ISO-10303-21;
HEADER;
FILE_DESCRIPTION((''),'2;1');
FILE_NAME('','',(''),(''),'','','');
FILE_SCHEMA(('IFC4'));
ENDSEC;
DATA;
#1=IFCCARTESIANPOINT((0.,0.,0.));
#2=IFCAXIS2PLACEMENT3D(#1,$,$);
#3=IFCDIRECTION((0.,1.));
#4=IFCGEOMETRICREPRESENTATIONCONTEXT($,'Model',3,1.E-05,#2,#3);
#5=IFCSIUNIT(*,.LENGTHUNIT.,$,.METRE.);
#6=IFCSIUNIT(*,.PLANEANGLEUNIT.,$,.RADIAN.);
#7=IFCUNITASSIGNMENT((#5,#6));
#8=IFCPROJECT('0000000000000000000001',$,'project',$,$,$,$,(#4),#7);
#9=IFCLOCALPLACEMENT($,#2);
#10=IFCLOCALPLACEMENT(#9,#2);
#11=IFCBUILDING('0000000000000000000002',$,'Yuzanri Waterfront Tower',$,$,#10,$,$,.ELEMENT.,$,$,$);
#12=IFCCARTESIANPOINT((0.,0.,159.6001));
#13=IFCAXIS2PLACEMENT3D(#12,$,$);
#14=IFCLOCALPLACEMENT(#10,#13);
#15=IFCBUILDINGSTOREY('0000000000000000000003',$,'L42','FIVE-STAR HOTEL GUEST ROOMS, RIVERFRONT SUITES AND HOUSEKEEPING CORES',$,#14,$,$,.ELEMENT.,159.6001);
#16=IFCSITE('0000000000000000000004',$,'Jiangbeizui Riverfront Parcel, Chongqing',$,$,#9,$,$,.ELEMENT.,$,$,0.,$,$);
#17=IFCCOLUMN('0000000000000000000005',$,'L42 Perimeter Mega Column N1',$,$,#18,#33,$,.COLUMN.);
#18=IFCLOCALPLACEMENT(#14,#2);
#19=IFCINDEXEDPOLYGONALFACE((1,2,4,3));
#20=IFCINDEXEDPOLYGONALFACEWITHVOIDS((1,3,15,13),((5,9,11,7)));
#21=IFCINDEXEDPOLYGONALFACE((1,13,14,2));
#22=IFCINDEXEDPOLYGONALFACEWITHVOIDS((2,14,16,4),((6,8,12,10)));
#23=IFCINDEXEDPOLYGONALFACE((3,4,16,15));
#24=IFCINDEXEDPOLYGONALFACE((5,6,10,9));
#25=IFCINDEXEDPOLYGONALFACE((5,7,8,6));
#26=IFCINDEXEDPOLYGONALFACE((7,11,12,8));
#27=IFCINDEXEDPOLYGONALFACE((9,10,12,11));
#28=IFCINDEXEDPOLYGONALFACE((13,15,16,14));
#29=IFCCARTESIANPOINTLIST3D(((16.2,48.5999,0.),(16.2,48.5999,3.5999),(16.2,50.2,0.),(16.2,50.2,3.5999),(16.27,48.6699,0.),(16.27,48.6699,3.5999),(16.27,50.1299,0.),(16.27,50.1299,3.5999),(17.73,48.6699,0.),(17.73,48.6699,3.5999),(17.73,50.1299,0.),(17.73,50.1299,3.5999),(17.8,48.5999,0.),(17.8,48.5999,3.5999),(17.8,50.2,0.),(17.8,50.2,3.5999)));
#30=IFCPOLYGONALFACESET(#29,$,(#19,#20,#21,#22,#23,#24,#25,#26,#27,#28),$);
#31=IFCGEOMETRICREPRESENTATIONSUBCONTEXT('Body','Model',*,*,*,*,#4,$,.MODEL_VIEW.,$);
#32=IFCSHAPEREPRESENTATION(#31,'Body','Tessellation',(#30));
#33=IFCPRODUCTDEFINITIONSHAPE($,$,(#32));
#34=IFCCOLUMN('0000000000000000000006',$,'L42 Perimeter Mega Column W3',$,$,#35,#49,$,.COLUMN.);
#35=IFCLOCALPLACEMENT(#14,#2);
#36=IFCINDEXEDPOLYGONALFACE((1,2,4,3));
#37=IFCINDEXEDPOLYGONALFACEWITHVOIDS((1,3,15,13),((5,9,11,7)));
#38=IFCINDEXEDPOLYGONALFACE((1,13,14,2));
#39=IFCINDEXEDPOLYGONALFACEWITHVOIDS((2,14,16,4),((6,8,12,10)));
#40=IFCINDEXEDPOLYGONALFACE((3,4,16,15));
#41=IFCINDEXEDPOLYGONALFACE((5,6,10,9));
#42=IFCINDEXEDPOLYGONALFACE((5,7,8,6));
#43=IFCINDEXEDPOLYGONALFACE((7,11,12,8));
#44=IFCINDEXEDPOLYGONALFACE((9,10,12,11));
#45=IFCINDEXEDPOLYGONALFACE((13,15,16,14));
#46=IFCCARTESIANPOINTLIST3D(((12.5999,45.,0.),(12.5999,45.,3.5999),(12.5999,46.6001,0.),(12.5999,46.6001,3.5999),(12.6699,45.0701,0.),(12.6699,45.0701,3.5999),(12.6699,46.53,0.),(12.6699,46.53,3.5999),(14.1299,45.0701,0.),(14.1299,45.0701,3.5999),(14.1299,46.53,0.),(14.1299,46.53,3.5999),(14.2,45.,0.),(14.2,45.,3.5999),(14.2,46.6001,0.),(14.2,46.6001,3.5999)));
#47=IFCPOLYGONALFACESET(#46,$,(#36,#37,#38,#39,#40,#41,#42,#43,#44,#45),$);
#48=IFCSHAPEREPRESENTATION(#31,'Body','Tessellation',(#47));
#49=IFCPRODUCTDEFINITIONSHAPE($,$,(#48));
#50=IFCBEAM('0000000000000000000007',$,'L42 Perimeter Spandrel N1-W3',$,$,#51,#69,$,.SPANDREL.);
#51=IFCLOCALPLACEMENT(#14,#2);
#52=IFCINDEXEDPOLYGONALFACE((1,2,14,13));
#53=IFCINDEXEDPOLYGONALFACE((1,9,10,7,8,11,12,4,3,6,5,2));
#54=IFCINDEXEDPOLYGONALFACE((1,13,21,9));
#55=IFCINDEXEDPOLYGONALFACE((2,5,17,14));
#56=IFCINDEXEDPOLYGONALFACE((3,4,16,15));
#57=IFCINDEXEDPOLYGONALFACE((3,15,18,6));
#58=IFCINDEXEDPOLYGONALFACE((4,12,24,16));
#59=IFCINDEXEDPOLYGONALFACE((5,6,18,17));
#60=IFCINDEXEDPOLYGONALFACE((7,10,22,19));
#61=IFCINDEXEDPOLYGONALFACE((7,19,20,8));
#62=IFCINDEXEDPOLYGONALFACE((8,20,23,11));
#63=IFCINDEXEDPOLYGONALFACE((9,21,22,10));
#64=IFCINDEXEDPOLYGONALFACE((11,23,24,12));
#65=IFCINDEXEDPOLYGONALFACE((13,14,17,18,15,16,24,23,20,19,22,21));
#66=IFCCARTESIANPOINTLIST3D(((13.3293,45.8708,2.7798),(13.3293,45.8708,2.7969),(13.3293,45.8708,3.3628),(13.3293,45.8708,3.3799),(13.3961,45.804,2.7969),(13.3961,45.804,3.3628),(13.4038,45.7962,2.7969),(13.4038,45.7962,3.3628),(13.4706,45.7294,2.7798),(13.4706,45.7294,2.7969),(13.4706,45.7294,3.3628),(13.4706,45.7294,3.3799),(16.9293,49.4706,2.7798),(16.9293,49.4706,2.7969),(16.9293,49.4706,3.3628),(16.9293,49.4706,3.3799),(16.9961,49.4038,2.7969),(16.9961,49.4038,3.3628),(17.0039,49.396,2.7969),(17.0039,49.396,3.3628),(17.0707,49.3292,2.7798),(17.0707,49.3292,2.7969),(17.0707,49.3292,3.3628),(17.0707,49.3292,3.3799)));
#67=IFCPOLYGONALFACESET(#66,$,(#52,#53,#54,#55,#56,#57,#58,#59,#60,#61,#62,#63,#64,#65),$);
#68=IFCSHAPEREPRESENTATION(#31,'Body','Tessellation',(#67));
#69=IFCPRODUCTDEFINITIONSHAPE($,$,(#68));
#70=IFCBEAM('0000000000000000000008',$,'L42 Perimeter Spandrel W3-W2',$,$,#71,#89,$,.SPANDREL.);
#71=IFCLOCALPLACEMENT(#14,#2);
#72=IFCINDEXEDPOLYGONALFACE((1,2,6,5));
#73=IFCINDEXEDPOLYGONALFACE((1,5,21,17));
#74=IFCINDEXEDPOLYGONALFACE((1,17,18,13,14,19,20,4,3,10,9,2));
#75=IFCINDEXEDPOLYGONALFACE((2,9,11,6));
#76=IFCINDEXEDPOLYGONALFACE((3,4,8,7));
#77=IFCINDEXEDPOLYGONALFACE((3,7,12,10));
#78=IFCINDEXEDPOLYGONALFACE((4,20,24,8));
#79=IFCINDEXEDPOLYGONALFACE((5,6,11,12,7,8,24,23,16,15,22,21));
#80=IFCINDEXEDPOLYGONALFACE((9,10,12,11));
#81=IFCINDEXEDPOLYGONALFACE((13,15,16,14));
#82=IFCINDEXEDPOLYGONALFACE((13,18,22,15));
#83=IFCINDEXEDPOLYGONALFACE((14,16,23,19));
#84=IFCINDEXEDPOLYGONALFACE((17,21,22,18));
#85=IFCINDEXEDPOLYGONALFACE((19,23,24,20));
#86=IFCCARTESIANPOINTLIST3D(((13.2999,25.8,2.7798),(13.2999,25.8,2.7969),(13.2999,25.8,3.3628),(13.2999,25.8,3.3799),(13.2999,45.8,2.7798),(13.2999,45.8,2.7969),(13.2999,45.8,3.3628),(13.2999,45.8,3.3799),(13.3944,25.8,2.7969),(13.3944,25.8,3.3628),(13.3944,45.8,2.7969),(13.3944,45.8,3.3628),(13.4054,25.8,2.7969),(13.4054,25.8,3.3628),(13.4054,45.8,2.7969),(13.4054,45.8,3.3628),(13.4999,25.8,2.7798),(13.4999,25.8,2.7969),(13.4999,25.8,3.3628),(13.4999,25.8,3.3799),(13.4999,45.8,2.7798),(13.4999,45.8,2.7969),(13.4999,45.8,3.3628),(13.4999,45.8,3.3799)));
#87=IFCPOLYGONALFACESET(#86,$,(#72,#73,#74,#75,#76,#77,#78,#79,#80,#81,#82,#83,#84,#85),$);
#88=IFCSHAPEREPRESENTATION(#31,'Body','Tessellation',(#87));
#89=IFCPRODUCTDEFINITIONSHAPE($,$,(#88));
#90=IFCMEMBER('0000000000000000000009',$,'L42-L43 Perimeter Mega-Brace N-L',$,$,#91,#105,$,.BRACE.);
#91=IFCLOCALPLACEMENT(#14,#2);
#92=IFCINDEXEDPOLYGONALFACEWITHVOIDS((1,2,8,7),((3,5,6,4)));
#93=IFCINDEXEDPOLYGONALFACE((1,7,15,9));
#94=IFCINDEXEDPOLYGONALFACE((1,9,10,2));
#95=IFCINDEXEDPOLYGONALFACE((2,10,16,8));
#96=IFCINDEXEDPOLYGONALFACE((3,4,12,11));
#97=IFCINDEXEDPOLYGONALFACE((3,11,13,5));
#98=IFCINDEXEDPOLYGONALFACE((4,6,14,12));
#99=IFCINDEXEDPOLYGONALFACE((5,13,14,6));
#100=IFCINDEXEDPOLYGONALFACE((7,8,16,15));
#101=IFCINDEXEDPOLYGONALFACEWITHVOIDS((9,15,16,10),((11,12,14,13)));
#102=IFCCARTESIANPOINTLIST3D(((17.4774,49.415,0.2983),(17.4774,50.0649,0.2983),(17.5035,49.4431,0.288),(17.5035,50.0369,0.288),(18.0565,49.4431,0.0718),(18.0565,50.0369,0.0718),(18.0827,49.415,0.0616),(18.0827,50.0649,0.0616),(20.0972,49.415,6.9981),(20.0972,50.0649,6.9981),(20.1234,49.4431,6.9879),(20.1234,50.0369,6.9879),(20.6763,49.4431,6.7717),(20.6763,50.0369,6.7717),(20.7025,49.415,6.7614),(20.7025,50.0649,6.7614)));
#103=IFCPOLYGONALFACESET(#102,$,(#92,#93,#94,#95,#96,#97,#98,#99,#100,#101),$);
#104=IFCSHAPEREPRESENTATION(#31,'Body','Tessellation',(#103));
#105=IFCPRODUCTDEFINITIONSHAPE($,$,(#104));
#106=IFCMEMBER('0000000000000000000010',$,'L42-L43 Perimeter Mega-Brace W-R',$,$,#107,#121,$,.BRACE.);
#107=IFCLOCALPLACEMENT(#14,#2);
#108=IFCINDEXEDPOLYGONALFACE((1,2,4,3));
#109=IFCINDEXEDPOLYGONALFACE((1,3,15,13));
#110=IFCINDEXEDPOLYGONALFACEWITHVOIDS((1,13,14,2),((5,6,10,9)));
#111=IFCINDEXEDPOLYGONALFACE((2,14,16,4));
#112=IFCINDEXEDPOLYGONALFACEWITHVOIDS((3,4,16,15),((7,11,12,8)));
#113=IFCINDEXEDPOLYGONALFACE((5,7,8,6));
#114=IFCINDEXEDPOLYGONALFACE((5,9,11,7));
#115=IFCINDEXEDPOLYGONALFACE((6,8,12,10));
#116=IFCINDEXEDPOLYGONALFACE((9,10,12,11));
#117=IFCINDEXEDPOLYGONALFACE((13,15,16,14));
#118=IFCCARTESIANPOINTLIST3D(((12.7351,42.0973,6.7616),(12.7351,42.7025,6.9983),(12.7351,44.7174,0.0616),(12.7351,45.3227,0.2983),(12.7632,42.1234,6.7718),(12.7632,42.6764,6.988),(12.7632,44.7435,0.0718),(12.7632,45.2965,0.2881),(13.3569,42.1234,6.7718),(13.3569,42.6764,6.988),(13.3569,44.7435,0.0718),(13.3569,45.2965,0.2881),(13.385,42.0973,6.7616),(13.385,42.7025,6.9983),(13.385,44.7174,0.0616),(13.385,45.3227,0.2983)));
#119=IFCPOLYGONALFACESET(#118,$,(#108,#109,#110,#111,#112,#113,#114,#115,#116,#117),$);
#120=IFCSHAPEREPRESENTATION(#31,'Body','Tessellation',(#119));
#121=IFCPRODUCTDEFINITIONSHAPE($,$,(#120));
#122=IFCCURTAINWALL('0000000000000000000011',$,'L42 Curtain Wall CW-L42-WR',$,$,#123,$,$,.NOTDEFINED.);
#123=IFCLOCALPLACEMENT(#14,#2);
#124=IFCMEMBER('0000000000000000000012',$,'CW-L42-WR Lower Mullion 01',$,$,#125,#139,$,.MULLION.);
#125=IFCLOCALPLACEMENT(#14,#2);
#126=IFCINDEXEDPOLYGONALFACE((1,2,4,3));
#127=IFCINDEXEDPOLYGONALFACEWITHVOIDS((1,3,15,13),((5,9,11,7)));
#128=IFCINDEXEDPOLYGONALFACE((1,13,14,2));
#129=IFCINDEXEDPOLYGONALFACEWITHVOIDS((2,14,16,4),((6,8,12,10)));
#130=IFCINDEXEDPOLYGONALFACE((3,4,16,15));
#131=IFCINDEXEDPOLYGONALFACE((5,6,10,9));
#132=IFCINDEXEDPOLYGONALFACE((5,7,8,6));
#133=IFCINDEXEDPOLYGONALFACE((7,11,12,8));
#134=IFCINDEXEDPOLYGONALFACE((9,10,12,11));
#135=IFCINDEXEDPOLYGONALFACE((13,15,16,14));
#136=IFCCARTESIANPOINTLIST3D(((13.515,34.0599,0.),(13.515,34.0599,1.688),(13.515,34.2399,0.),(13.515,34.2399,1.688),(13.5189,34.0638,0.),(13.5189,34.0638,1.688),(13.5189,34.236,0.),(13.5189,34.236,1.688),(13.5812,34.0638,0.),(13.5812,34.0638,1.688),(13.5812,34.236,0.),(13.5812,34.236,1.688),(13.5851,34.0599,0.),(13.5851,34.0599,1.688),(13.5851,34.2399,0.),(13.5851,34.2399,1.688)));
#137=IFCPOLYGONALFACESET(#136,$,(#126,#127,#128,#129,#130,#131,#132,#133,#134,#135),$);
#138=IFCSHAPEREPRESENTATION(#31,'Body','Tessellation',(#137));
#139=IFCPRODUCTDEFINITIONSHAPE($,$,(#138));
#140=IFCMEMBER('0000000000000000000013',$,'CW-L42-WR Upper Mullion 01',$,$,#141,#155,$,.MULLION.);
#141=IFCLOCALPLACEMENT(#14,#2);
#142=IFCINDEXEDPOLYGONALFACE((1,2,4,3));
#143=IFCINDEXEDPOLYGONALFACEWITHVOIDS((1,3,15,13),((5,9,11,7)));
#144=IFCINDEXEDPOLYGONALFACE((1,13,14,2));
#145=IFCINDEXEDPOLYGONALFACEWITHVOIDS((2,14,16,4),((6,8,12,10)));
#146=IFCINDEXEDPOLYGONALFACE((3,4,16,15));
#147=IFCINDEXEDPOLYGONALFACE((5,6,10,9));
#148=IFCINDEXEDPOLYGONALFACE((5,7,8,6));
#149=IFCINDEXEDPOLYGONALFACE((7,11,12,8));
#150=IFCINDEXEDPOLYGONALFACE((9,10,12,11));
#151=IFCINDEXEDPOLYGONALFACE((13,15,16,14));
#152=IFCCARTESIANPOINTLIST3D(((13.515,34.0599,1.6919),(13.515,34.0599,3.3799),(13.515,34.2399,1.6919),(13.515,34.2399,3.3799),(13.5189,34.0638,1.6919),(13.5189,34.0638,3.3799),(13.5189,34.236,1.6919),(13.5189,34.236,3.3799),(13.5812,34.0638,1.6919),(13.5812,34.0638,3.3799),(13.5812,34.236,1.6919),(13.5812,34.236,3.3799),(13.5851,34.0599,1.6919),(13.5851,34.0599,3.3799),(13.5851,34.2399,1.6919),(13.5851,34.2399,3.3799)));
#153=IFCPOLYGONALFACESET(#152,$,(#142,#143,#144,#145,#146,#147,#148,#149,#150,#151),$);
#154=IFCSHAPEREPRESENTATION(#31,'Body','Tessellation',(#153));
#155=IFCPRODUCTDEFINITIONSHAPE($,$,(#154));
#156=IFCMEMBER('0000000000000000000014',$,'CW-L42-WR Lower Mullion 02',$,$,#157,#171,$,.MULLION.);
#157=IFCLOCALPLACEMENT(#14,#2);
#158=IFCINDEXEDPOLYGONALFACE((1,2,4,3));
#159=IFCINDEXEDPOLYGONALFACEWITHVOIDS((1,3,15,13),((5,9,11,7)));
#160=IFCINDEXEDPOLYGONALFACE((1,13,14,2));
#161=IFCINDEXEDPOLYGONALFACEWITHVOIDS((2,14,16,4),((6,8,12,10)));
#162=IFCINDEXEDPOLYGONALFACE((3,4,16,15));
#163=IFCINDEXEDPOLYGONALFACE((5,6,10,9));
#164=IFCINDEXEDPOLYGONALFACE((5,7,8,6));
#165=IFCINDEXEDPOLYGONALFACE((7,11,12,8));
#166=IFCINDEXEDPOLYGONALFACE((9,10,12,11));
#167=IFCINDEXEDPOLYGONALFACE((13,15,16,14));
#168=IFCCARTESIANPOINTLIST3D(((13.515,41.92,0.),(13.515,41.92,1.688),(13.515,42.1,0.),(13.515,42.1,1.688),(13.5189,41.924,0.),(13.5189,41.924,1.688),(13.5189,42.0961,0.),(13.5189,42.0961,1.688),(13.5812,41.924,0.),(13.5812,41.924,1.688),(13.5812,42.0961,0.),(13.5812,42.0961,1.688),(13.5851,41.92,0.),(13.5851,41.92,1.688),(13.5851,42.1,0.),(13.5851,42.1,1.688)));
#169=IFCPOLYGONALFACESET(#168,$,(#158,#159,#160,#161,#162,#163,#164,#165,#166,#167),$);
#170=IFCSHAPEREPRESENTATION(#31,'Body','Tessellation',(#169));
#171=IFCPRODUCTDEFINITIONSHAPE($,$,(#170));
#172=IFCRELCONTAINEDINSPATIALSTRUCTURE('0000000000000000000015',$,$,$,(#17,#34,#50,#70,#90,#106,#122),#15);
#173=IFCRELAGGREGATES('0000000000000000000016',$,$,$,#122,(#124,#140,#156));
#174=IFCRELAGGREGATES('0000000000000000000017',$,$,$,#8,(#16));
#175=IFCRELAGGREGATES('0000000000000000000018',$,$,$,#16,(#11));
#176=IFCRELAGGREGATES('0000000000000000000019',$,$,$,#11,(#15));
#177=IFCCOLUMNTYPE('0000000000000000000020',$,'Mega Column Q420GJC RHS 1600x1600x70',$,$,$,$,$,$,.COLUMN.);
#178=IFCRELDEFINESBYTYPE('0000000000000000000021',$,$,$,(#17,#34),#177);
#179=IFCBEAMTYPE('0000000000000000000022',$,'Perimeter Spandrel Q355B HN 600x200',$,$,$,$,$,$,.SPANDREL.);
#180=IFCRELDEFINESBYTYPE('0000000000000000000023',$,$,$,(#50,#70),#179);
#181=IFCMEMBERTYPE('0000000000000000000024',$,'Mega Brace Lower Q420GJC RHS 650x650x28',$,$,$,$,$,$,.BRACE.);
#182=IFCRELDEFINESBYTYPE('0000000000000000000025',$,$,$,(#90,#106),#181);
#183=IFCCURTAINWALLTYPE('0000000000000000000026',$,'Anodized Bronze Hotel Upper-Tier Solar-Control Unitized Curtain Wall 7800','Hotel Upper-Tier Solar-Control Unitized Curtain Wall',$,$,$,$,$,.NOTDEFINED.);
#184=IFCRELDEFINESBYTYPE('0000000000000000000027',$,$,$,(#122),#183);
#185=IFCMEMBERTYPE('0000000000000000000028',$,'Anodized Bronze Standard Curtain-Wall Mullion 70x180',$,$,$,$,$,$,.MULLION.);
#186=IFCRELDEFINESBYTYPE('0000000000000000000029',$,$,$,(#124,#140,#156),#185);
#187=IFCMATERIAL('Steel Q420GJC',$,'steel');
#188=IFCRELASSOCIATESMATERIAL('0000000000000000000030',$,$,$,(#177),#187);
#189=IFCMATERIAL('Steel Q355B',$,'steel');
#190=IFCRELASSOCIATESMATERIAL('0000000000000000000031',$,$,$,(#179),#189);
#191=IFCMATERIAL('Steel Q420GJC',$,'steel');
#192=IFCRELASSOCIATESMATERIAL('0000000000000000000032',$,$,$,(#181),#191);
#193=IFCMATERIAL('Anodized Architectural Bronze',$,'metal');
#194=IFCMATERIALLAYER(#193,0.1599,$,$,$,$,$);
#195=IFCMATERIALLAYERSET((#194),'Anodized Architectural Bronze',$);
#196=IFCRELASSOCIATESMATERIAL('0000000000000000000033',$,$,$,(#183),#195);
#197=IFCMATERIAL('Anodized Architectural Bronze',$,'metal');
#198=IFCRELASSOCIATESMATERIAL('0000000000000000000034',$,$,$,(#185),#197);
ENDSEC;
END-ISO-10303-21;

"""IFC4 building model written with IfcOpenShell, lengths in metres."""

from ifc_helpers import new_model, si_unit, direction, frame, origin, origin_2d, place, context, subcontext, project, spatial, hollow_rectangle, i_section, extrude, source, transform, mapped, material, layer, layer_set, material_profile, profile_set, type_object, element, aggregate, save


model = new_model("IFC4")

# Units and contexts
model_context = context("Model", 3, precision=1e-05, world=origin(), true_north=direction((0.0, 1.0)))
body_context = subcontext(model_context, "Body", "Model", "MODEL_VIEW")
ifc_project = project(units=[si_unit("LENGTHUNIT", "METRE"), si_unit("PLANEANGLEUNIT", "RADIAN")], contexts=[model_context])

# Site, building, storey
site_placement = place(None, origin())
site = spatial("IfcSite", under=ifc_project, at=site_placement, Name="Jiangbeizui Riverfront Parcel, Chongqing", CompositionType="ELEMENT", RefElevation=0.0)
building_placement = place(site_placement, origin())
building = spatial("IfcBuilding", under=site, at=building_placement, Name="Yuzanri Waterfront Tower", CompositionType="ELEMENT")
storey_placement = place(building_placement, frame((0.0, 0.0, 159.6001)))
storey = spatial("IfcBuildingStorey", under=building, at=storey_placement, Name="L42", Description="FIVE-STAR HOTEL GUEST ROOMS, RIVERFRONT SUITES AND HOUSEKEEPING CORES", CompositionType="ELEMENT", Elevation=159.6001)

# Columns
ifc_material_1 = material(Name="Steel Q420GJC", Category="steel")
ifc_material_profile_1 = material_profile(ifc_material_1, hollow_rectangle(XDim=1.6001, YDim=1.6001, WallThickness=0.0701, at=origin_2d()), Name="RHS 1600x1600x70")
ifc_profile_set_1 = profile_set([ifc_material_profile_1], Name="Steel Q420GJC")
column_type = type_object("IfcColumnType", Name="Mega Column Q420GJC RHS 1600x1600x70", PredefinedType="COLUMN", material=ifc_profile_set_1)
shared_shape_1 = source(origin(), body_context, "Body", "SweptSolid", [
    extrude(hollow_rectangle(XDim=1.6001, YDim=1.6001, WallThickness=0.0701, at=origin_2d()), origin(), (0.0, 0.0, 1.0), 3.5999),
])
for number, where, z_axis, x_axis, name in (
    (1, (17.0, 49.3999, 0.0), (0.0, 0.0, 1.0), (1.0, 0.0, 0.0), "L42 Perimeter Mega Column N1"),
    (2, (13.3999, 45.8, 0.0), (0.0, 0.0, 1.0), (1.0, 0.0, 0.0), "L42 Perimeter Mega Column W3"),
):
    element("IfcColumn", number, at=place(storey_placement, frame(where, z_axis=z_axis, x_axis=x_axis)), inside=storey, type_object=column_type, Name=name, PredefinedType="COLUMN", context=body_context, shape_type="MappedRepresentation", body=[
        mapped(shared_shape_1, transform((0.0, 0.0, 0.0), scale=1.0)),
    ])

# Beams
ifc_material_2 = material(Name="Steel Q355B", Category="steel")
ifc_material_profile_2 = material_profile(ifc_material_2, i_section(OverallWidth=0.2, OverallDepth=0.6001, WebThickness=0.011, FlangeThickness=0.0171, at=origin_2d()), Name="HN 600x200x11x17")
ifc_profile_set_2 = profile_set([ifc_material_profile_2], Name="Steel Q355B")
beam_type = type_object("IfcBeamType", Name="Perimeter Spandrel Q355B HN 600x200", PredefinedType="SPANDREL", material=ifc_profile_set_2)
shared_shape_2 = source(origin(), body_context, "Body", "SweptSolid", [
    extrude(i_section(OverallWidth=0.2, OverallDepth=0.6001, WebThickness=0.011, FlangeThickness=0.0171, at=origin_2d()), origin(), (0.0, 0.0, 1.0), 5.0911),
])
beam_1_placement = place(storey_placement, frame((17.0, 49.3999, 3.0798), z_axis=(-0.707131, -0.707083, 0.0), x_axis=(0.707083, -0.707131, 0.0)))
element("IfcBeam", 3, at=beam_1_placement, inside=storey, type_object=beam_type, Name="L42 Perimeter Spandrel N1-W3", PredefinedType="SPANDREL", context=body_context, shape_type="MappedRepresentation", body=[
    mapped(shared_shape_2, transform((0.0, 0.0, 0.0), scale=1.0)),
])
shared_shape_3 = source(origin(), body_context, "Body", "SweptSolid", [
    extrude(i_section(OverallWidth=0.2, OverallDepth=0.6001, WebThickness=0.011, FlangeThickness=0.0171, at=origin_2d()), origin(), (0.0, 0.0, 1.0), 20.0),
])
beam_2_placement = place(storey_placement, frame((13.3999, 45.8, 3.0798), z_axis=(0.0, -1.0, 0.0), x_axis=(1.0, 0.0, 0.0)))
element("IfcBeam", 4, at=beam_2_placement, inside=storey, type_object=beam_type, Name="L42 Perimeter Spandrel W3-W2", PredefinedType="SPANDREL", context=body_context, shape_type="MappedRepresentation", body=[
    mapped(shared_shape_3, transform((0.0, 0.0, 0.0), scale=1.0)),
])

# Members
ifc_material_3 = material(Name="Steel Q420GJC", Category="steel")
ifc_material_profile_3 = material_profile(ifc_material_3, hollow_rectangle(XDim=0.6499, YDim=0.6499, WallThickness=0.0281, at=origin_2d()), Name="RHS 650x650x28")
ifc_profile_set_3 = profile_set([ifc_material_profile_3], Name="Steel Q420GJC")
member_type_1 = type_object("IfcMemberType", Name="Mega Brace Lower Q420GJC RHS 650x650x28", PredefinedType="BRACE", material=ifc_profile_set_3)
shared_shape_4 = source(origin(), body_context, "Body", "SweptSolid", [
    extrude(hollow_rectangle(XDim=0.6499, YDim=0.6499, WallThickness=0.0281, at=origin_2d()), origin(), (0.0, 0.0, 1.0), 7.1938),
])
member_1_placement = place(storey_placement, frame((17.78, 49.74, 0.1799), z_axis=(0.364177, 0.0, 0.93133), x_axis=(0.0, 1.0, 0.0)))
element("IfcMember", 5, at=member_1_placement, inside=storey, type_object=member_type_1, Name="L42-L43 Perimeter Mega-Brace N-L", PredefinedType="BRACE", context=body_context, shape_type="MappedRepresentation", body=[
    mapped(shared_shape_4, transform((0.0, 0.0, 0.0), scale=1.0)),
])
shared_shape_5 = source(origin(), body_context, "Body", "SweptSolid", [
    extrude(hollow_rectangle(XDim=0.6499, YDim=0.6499, WallThickness=0.0281, at=origin_2d()), origin(), (0.0, 0.0, 1.0), 7.1941),
])
member_2_placement = place(storey_placement, frame((13.0601, 45.02, 0.1799), z_axis=(0.0, -0.364206, 0.931318), x_axis=(1.0, 0.0, 0.0)))
element("IfcMember", 6, at=member_2_placement, inside=storey, type_object=member_type_1, Name="L42-L43 Perimeter Mega-Brace W-R", PredefinedType="BRACE", context=body_context, shape_type="MappedRepresentation", body=[
    mapped(shared_shape_5, transform((0.0, 0.0, 0.0), scale=1.0)),
])

# Curtain wall, members
ifc_material_4 = material(Name="Anodized Architectural Bronze", Category="metal")
ifc_layer_1 = layer(ifc_material_4, 0.1599)
ifc_layer_set_1 = layer_set([ifc_layer_1], Name="Anodized Architectural Bronze")
curtain_wall_type = type_object("IfcCurtainWallType", Name="Anodized Bronze Hotel Upper-Tier Solar-Control Unitized Curtain Wall 7800", Description="Hotel Upper-Tier Solar-Control Unitized Curtain Wall", PredefinedType="NOTDEFINED", material=ifc_layer_set_1)
curtain_wall_placement = place(storey_placement, origin())
curtain_wall = element("IfcCurtainWall", 7, at=curtain_wall_placement, inside=storey, type_object=curtain_wall_type, Name="L42 Curtain Wall CW-L42-WR", PredefinedType="NOTDEFINED")
ifc_material_5 = material(Name="Anodized Architectural Bronze", Category="metal")
ifc_material_profile_4 = material_profile(ifc_material_5, hollow_rectangle(XDim=0.0701, YDim=0.1799, WallThickness=0.0039, at=origin_2d()), Name="CWM 70x180")
ifc_profile_set_4 = profile_set([ifc_material_profile_4], Name="Anodized Architectural Bronze")
member_type_2 = type_object("IfcMemberType", Name="Anodized Bronze Standard Curtain-Wall Mullion 70x180", PredefinedType="MULLION", material=ifc_profile_set_4)
shared_shape_6 = source(origin(), body_context, "Body", "SweptSolid", [
    extrude(hollow_rectangle(XDim=0.0701, YDim=0.1799, WallThickness=0.0039, at=origin_2d()), origin(), (0.0, 0.0, 1.0), 1.688),
])
member_3_placement = place(storey_placement, frame((13.55, 34.1499, 0.0), z_axis=(0.0, 0.0, 1.0), x_axis=(1.0, 0.0, 0.0)))
member_3 = element("IfcMember", 8, at=member_3_placement, type_object=member_type_2, Name="CW-L42-WR Lower Mullion 01", PredefinedType="MULLION", context=body_context, shape_type="MappedRepresentation", body=[
    mapped(shared_shape_6, transform((0.0, 0.0, 0.0), scale=1.0)),
])
member_4_placement = place(storey_placement, frame((13.55, 34.1499, 1.6919), z_axis=(0.0, 0.0, 1.0), x_axis=(1.0, 0.0, 0.0)))
member_4 = element("IfcMember", 9, at=member_4_placement, type_object=member_type_2, Name="CW-L42-WR Upper Mullion 01", PredefinedType="MULLION", context=body_context, shape_type="MappedRepresentation", body=[
    mapped(shared_shape_6, transform((0.0, 0.0, 0.0), scale=1.0)),
])
member_5_placement = place(storey_placement, frame((13.55, 42.01, 0.0), z_axis=(0.0, 0.0, 1.0), x_axis=(1.0, 0.0, 0.0)))
member_5 = element("IfcMember", 10, at=member_5_placement, type_object=member_type_2, Name="CW-L42-WR Lower Mullion 02", PredefinedType="MULLION", context=body_context, shape_type="MappedRepresentation", body=[
    mapped(shared_shape_6, transform((0.0, 0.0, 0.0), scale=1.0)),
])

aggregate(curtain_wall, [member_3, member_4, member_5])

save(model, "model.ifc")
